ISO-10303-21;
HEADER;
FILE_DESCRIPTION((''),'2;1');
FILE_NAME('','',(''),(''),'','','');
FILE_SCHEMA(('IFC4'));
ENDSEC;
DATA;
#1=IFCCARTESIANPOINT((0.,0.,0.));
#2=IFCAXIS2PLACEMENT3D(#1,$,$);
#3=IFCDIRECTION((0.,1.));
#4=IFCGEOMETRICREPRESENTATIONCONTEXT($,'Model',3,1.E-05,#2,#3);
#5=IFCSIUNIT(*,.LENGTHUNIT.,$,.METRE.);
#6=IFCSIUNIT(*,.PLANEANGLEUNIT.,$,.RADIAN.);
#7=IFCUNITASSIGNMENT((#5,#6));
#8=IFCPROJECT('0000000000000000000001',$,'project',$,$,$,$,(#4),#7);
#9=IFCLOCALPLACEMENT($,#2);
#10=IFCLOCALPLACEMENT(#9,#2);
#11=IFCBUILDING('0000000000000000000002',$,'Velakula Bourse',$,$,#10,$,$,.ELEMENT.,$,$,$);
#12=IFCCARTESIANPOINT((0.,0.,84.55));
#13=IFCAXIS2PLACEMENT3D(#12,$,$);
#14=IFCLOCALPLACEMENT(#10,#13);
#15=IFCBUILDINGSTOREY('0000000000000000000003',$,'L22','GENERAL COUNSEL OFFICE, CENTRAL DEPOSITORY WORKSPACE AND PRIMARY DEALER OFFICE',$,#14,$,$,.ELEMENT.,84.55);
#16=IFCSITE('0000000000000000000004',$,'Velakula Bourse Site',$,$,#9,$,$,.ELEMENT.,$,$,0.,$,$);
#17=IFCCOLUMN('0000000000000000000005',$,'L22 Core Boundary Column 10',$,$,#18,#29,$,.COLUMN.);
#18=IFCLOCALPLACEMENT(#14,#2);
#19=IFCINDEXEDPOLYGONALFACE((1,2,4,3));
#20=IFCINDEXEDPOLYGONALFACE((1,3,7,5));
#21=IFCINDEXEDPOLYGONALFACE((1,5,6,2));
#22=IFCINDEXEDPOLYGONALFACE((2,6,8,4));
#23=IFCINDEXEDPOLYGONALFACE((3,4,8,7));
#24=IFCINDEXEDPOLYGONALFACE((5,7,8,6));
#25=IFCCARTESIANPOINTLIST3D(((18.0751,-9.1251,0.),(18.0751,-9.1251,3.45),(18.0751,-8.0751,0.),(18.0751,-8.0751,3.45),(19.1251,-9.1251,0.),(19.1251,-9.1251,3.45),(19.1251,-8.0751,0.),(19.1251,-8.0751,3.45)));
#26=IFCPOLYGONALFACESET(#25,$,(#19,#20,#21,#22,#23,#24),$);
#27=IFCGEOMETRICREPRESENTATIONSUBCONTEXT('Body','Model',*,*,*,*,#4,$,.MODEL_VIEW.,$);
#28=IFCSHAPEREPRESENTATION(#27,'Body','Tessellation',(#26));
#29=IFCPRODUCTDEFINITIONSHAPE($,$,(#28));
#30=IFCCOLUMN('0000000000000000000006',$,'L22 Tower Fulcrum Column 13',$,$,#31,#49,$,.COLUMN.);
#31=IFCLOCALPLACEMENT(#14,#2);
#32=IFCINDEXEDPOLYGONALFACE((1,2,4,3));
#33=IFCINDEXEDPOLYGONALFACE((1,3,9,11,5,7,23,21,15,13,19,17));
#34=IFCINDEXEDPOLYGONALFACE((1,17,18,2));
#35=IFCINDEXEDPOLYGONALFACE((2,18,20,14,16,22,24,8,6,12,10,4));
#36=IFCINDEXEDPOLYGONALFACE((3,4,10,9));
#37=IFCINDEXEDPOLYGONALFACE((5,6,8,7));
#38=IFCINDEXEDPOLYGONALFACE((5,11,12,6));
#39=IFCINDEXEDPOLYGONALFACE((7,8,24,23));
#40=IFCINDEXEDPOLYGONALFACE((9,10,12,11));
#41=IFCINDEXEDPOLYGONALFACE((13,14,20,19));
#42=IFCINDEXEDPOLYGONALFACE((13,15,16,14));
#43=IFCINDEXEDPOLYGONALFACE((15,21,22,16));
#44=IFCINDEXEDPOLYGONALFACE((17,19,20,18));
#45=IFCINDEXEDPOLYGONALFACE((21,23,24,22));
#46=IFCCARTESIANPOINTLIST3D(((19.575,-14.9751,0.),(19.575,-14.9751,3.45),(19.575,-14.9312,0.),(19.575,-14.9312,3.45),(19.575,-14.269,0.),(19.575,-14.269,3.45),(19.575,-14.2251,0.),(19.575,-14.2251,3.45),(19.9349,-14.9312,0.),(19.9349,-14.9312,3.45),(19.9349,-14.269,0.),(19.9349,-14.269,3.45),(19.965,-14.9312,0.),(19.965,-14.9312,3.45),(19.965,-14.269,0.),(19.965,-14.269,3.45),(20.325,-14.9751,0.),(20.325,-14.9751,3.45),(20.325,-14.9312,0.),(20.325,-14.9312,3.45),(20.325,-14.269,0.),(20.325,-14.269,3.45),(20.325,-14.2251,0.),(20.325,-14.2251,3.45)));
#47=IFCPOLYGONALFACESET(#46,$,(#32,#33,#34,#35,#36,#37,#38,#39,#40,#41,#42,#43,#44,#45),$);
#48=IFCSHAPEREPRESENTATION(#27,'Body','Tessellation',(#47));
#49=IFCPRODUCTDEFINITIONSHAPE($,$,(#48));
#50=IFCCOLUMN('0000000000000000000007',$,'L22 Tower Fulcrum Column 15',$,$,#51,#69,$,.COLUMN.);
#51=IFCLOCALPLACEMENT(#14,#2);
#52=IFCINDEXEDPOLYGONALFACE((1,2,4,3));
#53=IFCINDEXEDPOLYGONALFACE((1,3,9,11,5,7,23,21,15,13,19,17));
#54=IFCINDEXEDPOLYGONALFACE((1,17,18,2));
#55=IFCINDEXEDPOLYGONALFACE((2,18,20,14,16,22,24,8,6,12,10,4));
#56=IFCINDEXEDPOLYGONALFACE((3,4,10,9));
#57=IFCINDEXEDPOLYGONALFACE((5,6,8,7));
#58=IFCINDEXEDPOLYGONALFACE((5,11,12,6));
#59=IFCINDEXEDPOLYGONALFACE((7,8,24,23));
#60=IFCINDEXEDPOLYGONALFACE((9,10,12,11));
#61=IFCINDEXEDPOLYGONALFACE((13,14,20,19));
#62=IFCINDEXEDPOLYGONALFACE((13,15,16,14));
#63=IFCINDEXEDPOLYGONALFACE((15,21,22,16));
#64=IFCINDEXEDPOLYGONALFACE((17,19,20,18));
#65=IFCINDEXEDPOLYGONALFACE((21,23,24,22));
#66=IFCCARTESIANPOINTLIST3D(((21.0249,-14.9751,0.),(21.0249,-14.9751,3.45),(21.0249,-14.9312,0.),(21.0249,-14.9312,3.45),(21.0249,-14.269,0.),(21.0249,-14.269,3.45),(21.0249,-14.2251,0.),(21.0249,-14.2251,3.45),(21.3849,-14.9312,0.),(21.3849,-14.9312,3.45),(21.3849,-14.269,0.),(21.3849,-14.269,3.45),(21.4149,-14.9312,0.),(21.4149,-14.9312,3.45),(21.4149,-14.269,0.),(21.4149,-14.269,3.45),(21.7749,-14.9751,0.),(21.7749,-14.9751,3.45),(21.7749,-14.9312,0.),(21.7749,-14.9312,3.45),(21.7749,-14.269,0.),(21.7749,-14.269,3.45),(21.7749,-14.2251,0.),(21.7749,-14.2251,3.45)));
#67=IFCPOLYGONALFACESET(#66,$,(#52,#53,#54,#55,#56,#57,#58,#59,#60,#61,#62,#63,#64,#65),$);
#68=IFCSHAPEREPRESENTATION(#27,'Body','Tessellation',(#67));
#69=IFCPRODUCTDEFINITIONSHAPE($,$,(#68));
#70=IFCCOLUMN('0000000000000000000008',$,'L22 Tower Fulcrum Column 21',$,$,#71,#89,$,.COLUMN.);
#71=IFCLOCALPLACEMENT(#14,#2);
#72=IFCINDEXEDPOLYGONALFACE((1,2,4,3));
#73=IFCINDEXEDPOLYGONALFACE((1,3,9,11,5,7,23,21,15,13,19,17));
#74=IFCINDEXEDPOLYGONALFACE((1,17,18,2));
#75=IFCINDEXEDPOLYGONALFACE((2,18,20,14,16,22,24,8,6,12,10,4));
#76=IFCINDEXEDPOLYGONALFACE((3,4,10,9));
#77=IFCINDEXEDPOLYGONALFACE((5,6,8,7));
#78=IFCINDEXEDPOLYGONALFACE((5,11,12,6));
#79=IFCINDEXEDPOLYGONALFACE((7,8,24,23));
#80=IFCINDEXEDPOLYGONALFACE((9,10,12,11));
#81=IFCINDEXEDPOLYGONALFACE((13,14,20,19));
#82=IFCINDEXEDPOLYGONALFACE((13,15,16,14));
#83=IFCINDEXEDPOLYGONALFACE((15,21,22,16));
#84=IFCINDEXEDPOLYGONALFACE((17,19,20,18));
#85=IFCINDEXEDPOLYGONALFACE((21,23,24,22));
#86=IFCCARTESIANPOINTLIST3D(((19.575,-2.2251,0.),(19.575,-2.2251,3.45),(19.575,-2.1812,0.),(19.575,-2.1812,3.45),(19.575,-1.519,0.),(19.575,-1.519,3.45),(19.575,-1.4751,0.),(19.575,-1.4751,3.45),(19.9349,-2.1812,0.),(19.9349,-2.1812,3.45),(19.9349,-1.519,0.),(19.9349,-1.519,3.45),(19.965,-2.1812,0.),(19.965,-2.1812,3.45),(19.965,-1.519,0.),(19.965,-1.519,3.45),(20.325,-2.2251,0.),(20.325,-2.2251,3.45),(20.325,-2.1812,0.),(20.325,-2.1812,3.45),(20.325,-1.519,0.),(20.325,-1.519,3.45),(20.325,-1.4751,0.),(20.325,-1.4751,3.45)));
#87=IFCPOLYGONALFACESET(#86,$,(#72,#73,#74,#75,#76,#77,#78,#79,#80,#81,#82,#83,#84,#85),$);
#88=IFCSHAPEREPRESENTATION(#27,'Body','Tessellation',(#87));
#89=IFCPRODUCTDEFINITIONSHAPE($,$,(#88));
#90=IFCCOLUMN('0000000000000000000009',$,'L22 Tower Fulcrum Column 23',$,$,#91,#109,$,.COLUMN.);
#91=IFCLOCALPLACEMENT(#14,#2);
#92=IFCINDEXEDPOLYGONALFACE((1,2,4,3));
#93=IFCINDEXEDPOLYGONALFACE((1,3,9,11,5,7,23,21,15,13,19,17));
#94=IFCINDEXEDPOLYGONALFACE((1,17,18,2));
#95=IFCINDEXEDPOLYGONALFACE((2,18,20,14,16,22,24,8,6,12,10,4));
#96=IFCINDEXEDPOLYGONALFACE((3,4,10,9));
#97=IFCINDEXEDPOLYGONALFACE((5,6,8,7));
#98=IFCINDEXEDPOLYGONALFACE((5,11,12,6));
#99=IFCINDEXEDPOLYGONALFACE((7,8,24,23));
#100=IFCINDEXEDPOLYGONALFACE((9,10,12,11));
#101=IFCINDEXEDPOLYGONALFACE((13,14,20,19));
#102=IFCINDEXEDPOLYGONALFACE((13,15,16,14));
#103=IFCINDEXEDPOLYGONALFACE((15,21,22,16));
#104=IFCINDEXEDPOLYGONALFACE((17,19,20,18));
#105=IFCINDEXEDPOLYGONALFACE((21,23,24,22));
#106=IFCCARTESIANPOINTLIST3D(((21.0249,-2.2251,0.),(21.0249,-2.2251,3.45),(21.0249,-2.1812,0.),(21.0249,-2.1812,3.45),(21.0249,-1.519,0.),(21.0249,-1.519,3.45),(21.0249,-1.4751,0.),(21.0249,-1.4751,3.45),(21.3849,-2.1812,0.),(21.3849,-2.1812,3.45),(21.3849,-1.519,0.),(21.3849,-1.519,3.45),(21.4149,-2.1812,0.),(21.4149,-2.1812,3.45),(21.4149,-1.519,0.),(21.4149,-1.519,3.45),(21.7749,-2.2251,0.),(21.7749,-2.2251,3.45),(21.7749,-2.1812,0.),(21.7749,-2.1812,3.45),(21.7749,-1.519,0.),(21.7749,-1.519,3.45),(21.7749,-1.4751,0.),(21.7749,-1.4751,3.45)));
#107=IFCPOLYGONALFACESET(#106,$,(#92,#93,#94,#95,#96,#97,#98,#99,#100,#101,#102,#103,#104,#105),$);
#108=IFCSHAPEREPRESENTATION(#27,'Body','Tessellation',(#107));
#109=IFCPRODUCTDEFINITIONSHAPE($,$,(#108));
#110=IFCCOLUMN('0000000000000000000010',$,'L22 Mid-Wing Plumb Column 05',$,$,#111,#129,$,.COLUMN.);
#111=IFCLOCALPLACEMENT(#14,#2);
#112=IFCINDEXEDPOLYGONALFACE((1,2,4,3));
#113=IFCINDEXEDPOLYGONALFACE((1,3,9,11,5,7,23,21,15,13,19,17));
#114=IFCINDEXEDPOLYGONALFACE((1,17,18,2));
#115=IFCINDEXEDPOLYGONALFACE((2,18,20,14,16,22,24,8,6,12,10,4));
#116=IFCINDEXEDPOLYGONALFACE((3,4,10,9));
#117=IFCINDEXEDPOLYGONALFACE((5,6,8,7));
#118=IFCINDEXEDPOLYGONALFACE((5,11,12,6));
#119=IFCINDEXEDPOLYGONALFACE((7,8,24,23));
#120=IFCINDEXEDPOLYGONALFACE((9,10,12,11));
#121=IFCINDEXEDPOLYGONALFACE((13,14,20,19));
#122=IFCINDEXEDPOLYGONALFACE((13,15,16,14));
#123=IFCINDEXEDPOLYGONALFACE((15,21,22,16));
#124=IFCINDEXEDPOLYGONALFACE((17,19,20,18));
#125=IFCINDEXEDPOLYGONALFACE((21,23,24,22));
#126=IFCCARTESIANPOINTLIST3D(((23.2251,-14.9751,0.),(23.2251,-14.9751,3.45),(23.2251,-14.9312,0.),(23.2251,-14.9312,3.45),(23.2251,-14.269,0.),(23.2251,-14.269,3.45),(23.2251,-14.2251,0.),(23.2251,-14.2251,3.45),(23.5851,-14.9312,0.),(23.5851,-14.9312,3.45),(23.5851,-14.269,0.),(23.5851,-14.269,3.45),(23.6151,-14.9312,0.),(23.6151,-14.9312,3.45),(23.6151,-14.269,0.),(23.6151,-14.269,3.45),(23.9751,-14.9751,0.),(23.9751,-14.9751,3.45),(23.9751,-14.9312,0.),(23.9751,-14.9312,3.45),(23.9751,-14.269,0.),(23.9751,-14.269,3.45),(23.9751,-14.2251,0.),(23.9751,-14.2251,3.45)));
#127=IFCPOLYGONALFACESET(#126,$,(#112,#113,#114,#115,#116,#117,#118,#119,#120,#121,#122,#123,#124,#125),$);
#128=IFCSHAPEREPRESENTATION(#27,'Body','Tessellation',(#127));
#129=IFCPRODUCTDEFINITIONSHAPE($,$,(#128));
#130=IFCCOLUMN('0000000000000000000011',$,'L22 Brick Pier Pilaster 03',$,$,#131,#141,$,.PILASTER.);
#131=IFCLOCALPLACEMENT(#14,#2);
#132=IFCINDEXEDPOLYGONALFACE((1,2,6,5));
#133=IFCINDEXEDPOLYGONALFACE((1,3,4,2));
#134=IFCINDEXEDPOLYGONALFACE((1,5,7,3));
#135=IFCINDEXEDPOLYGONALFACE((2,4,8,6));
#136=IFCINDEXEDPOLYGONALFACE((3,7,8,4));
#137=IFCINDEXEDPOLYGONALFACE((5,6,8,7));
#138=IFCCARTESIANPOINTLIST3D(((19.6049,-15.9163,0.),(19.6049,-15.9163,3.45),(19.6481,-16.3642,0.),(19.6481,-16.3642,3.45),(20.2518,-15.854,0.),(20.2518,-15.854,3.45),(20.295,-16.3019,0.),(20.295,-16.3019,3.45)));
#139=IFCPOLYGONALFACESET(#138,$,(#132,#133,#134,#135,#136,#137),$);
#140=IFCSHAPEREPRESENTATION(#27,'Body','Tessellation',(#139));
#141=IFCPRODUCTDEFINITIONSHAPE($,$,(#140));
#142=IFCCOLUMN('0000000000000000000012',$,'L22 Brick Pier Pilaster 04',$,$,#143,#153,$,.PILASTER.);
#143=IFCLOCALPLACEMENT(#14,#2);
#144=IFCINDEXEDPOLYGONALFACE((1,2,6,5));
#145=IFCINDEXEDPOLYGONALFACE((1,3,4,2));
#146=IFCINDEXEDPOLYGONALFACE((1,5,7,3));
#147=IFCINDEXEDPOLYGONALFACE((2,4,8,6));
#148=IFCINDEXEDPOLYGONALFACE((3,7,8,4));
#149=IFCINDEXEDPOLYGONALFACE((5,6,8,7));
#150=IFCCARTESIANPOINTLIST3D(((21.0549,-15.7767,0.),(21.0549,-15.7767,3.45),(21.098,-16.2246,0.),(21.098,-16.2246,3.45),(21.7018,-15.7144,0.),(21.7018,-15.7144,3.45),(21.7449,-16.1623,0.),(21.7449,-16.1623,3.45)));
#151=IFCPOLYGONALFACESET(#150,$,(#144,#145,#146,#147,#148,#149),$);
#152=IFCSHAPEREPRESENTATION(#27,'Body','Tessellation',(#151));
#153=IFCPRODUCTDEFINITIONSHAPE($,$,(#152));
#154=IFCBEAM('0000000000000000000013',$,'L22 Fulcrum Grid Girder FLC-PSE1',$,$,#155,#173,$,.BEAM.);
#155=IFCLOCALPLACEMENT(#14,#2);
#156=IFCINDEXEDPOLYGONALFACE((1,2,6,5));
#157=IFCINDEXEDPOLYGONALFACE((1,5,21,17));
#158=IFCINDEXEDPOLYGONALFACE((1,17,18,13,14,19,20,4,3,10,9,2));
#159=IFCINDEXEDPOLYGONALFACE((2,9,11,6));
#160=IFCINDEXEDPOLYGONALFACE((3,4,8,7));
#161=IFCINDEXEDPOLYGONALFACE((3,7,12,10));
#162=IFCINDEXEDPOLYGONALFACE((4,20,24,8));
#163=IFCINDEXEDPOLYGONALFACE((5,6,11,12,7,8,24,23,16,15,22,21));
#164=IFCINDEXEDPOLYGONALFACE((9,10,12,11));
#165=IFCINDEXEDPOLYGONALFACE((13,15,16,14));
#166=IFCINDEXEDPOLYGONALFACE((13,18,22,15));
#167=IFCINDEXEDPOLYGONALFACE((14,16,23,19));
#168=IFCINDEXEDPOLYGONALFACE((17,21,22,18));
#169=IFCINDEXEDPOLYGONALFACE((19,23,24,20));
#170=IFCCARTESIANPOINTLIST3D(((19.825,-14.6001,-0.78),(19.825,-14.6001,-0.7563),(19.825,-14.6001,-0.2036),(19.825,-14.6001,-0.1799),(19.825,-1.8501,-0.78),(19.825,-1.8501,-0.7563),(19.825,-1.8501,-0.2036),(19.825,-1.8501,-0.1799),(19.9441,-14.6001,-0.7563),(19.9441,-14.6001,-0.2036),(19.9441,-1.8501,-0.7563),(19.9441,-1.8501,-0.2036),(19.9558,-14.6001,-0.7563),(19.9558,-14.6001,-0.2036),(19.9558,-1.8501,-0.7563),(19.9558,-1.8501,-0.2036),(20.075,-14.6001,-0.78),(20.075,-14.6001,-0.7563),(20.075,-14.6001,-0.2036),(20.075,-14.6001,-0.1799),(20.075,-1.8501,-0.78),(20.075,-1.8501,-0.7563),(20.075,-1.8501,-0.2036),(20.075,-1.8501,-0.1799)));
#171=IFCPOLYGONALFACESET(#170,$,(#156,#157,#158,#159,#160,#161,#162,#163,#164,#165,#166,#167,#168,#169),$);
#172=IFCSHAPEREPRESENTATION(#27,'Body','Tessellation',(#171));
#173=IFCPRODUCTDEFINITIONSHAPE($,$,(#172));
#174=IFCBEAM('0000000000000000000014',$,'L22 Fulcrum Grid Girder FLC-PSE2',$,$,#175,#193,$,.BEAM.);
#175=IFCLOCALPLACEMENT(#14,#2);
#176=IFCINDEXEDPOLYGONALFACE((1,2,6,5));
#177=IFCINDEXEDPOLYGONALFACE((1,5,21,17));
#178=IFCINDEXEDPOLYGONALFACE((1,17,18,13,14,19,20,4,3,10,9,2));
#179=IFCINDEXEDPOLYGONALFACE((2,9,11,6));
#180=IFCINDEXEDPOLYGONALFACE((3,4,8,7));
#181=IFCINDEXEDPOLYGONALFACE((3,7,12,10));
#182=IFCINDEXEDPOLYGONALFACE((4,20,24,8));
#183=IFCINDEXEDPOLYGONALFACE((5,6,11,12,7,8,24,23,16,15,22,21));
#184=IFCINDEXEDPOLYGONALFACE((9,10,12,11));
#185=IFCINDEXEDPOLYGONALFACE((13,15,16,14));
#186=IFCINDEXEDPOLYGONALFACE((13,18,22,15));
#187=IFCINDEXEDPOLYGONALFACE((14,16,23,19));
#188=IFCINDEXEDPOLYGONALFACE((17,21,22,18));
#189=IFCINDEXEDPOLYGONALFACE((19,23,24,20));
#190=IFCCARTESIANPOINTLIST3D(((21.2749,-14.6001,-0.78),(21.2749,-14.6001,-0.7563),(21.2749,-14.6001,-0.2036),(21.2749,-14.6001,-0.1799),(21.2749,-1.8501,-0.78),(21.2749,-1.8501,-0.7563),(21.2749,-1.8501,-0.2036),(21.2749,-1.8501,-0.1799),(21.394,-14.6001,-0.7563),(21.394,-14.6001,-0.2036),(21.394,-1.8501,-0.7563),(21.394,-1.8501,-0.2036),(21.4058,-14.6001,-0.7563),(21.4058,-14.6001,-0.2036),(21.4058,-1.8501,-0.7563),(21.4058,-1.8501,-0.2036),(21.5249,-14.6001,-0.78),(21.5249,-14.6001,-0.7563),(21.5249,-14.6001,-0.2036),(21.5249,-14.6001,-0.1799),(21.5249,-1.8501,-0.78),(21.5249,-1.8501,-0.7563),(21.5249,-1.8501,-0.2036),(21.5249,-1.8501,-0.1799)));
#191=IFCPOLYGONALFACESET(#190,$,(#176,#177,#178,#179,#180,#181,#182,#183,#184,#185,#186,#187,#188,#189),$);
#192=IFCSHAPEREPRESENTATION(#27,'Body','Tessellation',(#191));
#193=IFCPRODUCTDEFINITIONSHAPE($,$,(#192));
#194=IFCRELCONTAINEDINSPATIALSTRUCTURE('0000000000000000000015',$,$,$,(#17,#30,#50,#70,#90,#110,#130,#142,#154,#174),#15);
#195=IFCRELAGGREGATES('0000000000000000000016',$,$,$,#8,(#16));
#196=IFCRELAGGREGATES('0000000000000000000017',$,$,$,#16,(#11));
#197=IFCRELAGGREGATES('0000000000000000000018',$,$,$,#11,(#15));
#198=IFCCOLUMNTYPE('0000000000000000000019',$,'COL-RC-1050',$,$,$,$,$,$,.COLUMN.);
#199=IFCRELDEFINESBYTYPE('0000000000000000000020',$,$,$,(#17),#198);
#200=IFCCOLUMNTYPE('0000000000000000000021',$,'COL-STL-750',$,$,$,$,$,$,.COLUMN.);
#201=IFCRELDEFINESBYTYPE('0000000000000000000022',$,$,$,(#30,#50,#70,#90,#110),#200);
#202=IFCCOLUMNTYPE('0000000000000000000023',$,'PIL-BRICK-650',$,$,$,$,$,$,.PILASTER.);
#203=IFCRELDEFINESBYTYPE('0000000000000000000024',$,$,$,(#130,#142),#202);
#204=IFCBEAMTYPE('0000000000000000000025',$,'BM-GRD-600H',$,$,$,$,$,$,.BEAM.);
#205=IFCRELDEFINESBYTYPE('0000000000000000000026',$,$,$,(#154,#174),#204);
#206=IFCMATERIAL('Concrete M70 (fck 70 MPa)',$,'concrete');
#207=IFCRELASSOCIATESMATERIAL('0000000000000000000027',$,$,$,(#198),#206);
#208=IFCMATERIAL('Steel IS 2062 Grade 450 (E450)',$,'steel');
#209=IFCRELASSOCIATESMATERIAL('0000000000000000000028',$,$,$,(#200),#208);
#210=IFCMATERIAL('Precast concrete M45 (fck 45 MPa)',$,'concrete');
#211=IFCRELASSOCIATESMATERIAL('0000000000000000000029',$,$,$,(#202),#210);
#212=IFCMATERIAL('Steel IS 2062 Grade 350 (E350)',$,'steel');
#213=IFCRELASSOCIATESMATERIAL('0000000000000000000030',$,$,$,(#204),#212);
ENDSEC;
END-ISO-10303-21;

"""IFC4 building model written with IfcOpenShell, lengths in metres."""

from ifc_helpers import new_model, si_unit, direction, frame, origin, origin_2d, place, context, subcontext, project, spatial, rectangle, i_section, extrude, material, material_profile, profile_set, type_object, element, save


model = new_model("IFC4")

# Units and contexts
model_context = context("Model", 3, precision=1e-05, world=origin(), true_north=direction((0.0, 1.0)))
body_context = subcontext(model_context, "Body", "Model", "MODEL_VIEW")
ifc_project = project(units=[si_unit("LENGTHUNIT", "METRE"), si_unit("PLANEANGLEUNIT", "RADIAN")], contexts=[model_context])

# Site, building, storey
site_placement = place(None, origin())
site = spatial("IfcSite", under=ifc_project, at=site_placement, Name="Velakula Bourse Site", CompositionType="ELEMENT", RefElevation=0.0)
building_placement = place(site_placement, origin())
building = spatial("IfcBuilding", under=site, at=building_placement, Name="Velakula Bourse", CompositionType="ELEMENT")
storey_placement = place(building_placement, frame((0.0, 0.0, 84.55)))
storey = spatial("IfcBuildingStorey", under=building, at=storey_placement, Name="L22", Description="GENERAL COUNSEL OFFICE, CENTRAL DEPOSITORY WORKSPACE AND PRIMARY DEALER OFFICE", CompositionType="ELEMENT", Elevation=84.55)

# Columns
ifc_material_1 = material(Name="Concrete M70 (fck 70 MPa)", Category="concrete")
ifc_material_profile_1 = material_profile(ifc_material_1, rectangle(XDim=1.05, YDim=1.05, at=origin_2d()), Name="Concrete M70 (fck 70 MPa)")
ifc_profile_set_1 = profile_set([ifc_material_profile_1], Name="Concrete M70 (fck 70 MPa)")
column_type_1 = type_object("IfcColumnType", Name="COL-RC-1050", PredefinedType="COLUMN", material=ifc_profile_set_1)
column_placement = place(storey_placement, frame((18.6001, -8.6001, 0.0), z_axis=(0.0, 0.0, 1.0), x_axis=(1.0, 0.0, 0.0)))
element("IfcColumn", 1, at=column_placement, inside=storey, type_object=column_type_1, Name="L22 Core Boundary Column 10", PredefinedType="COLUMN", context=body_context, shape_type="SweptSolid", body=[
    extrude(rectangle(XDim=1.05, YDim=1.05, at=origin_2d()), origin(), (0.0, 0.0, 1.0), 3.45),
])
ifc_material_2 = material(Name="Steel IS 2062 Grade 450 (E450)", Category="steel")
ifc_material_profile_2 = material_profile(ifc_material_2, i_section(OverallWidth=0.75, OverallDepth=0.75, WebThickness=0.03, FlangeThickness=0.0439, at=origin_2d()), Name="Steel IS 2062 Grade 450 (E450)")
ifc_profile_set_2 = profile_set([ifc_material_profile_2], Name="Steel IS 2062 Grade 450 (E450)")
column_type_2 = type_object("IfcColumnType", Name="COL-STL-750", PredefinedType="COLUMN", material=ifc_profile_set_2)
for number, where, z_axis, x_axis, name in (
    (2, (19.95, -14.6001, 0.0), (0.0, 0.0, 1.0), (1.0, 0.0, 0.0), "L22 Tower Fulcrum Column 13"),
    (3, (21.3999, -14.6001, 0.0), (0.0, 0.0, 1.0), (1.0, 0.0, 0.0), "L22 Tower Fulcrum Column 15"),
    (4, (19.95, -1.8501, 0.0), (0.0, 0.0, 1.0), (1.0, 0.0, 0.0), "L22 Tower Fulcrum Column 21"),
    (5, (21.3999, -1.8501, 0.0), (0.0, 0.0, 1.0), (1.0, 0.0, 0.0), "L22 Tower Fulcrum Column 23"),
    (6, (23.6001, -14.6001, 0.0), (0.0, 0.0, 1.0), (1.0, 0.0, 0.0), "L22 Mid-Wing Plumb Column 05"),
):
    element("IfcColumn", number, at=place(storey_placement, frame(where, z_axis=z_axis, x_axis=x_axis)), inside=storey, type_object=column_type_2, Name=name, PredefinedType="COLUMN", context=body_context, shape_type="SweptSolid", body=[
        extrude(i_section(OverallWidth=0.75, OverallDepth=0.75, WebThickness=0.03, FlangeThickness=0.0439, at=origin_2d()), origin(), (0.0, 0.0, 1.0), 3.45),
    ])
ifc_material_3 = material(Name="Precast concrete M45 (fck 45 MPa)", Category="concrete")
ifc_material_profile_3 = material_profile(ifc_material_3, rectangle(XDim=0.6499, YDim=0.45, at=origin_2d()), Name="Precast concrete M45 (fck 45 MPa)")
ifc_profile_set_3 = profile_set([ifc_material_profile_3], Name="Precast concrete M45 (fck 45 MPa)")
column_type_3 = type_object("IfcColumnType", Name="PIL-BRICK-650", PredefinedType="PILASTER", material=ifc_profile_set_3)
for number, where, z_axis, x_axis, name in (
    (7, (19.95, -16.1091, 0.0), (0.0, 0.0, 1.0), (0.995396, 0.095846, 0.0), "L22 Brick Pier Pilaster 03"),
    (8, (21.3999, -15.9695, 0.0), (0.0, 0.0, 1.0), (0.995396, 0.095846, 0.0), "L22 Brick Pier Pilaster 04"),
):
    element("IfcColumn", number, at=place(storey_placement, frame(where, z_axis=z_axis, x_axis=x_axis)), inside=storey, type_object=column_type_3, Name=name, PredefinedType="PILASTER", context=body_context, shape_type="SweptSolid", body=[
        extrude(rectangle(XDim=0.6499, YDim=0.45, at=origin_2d()), origin(), (0.0, 0.0, 1.0), 3.45),
    ])

# Beams
ifc_material_4 = material(Name="Steel IS 2062 Grade 350 (E350)", Category="steel")
ifc_material_profile_4 = material_profile(ifc_material_4, i_section(OverallWidth=0.25, OverallDepth=0.6001, WebThickness=0.0117, FlangeThickness=0.0237, at=origin_2d()), Name="Steel IS 2062 Grade 350 (E350)")
ifc_profile_set_4 = profile_set([ifc_material_profile_4], Name="Steel IS 2062 Grade 350 (E350)")
beam_type_1 = type_object("IfcBeamType", Name="BM-GRD-600H", PredefinedType="BEAM", material=ifc_profile_set_4)
for number, where, z_axis, x_axis, name in (
    (9, (19.95, -14.6001, -0.48), (0.0, 1.0, 0.0), (-1.0, 0.0, 0.0), "L22 Fulcrum Grid Girder FLC-PSE1"),
    (10, (21.3999, -14.6001, -0.48), (0.0, 1.0, 0.0), (-1.0, 0.0, 0.0), "L22 Fulcrum Grid Girder FLC-PSE2"),
):
    element("IfcBeam", number, at=place(storey_placement, frame(where, z_axis=z_axis, x_axis=x_axis)), inside=storey, type_object=beam_type_1, Name=name, PredefinedType="BEAM", context=body_context, shape_type="SweptSolid", body=[
        extrude(i_section(OverallWidth=0.25, OverallDepth=0.6001, WebThickness=0.0117, FlangeThickness=0.0237, at=origin_2d()), origin(), (0.0, 0.0, 1.0), 12.75),
    ])

save(model, "model.ifc")
